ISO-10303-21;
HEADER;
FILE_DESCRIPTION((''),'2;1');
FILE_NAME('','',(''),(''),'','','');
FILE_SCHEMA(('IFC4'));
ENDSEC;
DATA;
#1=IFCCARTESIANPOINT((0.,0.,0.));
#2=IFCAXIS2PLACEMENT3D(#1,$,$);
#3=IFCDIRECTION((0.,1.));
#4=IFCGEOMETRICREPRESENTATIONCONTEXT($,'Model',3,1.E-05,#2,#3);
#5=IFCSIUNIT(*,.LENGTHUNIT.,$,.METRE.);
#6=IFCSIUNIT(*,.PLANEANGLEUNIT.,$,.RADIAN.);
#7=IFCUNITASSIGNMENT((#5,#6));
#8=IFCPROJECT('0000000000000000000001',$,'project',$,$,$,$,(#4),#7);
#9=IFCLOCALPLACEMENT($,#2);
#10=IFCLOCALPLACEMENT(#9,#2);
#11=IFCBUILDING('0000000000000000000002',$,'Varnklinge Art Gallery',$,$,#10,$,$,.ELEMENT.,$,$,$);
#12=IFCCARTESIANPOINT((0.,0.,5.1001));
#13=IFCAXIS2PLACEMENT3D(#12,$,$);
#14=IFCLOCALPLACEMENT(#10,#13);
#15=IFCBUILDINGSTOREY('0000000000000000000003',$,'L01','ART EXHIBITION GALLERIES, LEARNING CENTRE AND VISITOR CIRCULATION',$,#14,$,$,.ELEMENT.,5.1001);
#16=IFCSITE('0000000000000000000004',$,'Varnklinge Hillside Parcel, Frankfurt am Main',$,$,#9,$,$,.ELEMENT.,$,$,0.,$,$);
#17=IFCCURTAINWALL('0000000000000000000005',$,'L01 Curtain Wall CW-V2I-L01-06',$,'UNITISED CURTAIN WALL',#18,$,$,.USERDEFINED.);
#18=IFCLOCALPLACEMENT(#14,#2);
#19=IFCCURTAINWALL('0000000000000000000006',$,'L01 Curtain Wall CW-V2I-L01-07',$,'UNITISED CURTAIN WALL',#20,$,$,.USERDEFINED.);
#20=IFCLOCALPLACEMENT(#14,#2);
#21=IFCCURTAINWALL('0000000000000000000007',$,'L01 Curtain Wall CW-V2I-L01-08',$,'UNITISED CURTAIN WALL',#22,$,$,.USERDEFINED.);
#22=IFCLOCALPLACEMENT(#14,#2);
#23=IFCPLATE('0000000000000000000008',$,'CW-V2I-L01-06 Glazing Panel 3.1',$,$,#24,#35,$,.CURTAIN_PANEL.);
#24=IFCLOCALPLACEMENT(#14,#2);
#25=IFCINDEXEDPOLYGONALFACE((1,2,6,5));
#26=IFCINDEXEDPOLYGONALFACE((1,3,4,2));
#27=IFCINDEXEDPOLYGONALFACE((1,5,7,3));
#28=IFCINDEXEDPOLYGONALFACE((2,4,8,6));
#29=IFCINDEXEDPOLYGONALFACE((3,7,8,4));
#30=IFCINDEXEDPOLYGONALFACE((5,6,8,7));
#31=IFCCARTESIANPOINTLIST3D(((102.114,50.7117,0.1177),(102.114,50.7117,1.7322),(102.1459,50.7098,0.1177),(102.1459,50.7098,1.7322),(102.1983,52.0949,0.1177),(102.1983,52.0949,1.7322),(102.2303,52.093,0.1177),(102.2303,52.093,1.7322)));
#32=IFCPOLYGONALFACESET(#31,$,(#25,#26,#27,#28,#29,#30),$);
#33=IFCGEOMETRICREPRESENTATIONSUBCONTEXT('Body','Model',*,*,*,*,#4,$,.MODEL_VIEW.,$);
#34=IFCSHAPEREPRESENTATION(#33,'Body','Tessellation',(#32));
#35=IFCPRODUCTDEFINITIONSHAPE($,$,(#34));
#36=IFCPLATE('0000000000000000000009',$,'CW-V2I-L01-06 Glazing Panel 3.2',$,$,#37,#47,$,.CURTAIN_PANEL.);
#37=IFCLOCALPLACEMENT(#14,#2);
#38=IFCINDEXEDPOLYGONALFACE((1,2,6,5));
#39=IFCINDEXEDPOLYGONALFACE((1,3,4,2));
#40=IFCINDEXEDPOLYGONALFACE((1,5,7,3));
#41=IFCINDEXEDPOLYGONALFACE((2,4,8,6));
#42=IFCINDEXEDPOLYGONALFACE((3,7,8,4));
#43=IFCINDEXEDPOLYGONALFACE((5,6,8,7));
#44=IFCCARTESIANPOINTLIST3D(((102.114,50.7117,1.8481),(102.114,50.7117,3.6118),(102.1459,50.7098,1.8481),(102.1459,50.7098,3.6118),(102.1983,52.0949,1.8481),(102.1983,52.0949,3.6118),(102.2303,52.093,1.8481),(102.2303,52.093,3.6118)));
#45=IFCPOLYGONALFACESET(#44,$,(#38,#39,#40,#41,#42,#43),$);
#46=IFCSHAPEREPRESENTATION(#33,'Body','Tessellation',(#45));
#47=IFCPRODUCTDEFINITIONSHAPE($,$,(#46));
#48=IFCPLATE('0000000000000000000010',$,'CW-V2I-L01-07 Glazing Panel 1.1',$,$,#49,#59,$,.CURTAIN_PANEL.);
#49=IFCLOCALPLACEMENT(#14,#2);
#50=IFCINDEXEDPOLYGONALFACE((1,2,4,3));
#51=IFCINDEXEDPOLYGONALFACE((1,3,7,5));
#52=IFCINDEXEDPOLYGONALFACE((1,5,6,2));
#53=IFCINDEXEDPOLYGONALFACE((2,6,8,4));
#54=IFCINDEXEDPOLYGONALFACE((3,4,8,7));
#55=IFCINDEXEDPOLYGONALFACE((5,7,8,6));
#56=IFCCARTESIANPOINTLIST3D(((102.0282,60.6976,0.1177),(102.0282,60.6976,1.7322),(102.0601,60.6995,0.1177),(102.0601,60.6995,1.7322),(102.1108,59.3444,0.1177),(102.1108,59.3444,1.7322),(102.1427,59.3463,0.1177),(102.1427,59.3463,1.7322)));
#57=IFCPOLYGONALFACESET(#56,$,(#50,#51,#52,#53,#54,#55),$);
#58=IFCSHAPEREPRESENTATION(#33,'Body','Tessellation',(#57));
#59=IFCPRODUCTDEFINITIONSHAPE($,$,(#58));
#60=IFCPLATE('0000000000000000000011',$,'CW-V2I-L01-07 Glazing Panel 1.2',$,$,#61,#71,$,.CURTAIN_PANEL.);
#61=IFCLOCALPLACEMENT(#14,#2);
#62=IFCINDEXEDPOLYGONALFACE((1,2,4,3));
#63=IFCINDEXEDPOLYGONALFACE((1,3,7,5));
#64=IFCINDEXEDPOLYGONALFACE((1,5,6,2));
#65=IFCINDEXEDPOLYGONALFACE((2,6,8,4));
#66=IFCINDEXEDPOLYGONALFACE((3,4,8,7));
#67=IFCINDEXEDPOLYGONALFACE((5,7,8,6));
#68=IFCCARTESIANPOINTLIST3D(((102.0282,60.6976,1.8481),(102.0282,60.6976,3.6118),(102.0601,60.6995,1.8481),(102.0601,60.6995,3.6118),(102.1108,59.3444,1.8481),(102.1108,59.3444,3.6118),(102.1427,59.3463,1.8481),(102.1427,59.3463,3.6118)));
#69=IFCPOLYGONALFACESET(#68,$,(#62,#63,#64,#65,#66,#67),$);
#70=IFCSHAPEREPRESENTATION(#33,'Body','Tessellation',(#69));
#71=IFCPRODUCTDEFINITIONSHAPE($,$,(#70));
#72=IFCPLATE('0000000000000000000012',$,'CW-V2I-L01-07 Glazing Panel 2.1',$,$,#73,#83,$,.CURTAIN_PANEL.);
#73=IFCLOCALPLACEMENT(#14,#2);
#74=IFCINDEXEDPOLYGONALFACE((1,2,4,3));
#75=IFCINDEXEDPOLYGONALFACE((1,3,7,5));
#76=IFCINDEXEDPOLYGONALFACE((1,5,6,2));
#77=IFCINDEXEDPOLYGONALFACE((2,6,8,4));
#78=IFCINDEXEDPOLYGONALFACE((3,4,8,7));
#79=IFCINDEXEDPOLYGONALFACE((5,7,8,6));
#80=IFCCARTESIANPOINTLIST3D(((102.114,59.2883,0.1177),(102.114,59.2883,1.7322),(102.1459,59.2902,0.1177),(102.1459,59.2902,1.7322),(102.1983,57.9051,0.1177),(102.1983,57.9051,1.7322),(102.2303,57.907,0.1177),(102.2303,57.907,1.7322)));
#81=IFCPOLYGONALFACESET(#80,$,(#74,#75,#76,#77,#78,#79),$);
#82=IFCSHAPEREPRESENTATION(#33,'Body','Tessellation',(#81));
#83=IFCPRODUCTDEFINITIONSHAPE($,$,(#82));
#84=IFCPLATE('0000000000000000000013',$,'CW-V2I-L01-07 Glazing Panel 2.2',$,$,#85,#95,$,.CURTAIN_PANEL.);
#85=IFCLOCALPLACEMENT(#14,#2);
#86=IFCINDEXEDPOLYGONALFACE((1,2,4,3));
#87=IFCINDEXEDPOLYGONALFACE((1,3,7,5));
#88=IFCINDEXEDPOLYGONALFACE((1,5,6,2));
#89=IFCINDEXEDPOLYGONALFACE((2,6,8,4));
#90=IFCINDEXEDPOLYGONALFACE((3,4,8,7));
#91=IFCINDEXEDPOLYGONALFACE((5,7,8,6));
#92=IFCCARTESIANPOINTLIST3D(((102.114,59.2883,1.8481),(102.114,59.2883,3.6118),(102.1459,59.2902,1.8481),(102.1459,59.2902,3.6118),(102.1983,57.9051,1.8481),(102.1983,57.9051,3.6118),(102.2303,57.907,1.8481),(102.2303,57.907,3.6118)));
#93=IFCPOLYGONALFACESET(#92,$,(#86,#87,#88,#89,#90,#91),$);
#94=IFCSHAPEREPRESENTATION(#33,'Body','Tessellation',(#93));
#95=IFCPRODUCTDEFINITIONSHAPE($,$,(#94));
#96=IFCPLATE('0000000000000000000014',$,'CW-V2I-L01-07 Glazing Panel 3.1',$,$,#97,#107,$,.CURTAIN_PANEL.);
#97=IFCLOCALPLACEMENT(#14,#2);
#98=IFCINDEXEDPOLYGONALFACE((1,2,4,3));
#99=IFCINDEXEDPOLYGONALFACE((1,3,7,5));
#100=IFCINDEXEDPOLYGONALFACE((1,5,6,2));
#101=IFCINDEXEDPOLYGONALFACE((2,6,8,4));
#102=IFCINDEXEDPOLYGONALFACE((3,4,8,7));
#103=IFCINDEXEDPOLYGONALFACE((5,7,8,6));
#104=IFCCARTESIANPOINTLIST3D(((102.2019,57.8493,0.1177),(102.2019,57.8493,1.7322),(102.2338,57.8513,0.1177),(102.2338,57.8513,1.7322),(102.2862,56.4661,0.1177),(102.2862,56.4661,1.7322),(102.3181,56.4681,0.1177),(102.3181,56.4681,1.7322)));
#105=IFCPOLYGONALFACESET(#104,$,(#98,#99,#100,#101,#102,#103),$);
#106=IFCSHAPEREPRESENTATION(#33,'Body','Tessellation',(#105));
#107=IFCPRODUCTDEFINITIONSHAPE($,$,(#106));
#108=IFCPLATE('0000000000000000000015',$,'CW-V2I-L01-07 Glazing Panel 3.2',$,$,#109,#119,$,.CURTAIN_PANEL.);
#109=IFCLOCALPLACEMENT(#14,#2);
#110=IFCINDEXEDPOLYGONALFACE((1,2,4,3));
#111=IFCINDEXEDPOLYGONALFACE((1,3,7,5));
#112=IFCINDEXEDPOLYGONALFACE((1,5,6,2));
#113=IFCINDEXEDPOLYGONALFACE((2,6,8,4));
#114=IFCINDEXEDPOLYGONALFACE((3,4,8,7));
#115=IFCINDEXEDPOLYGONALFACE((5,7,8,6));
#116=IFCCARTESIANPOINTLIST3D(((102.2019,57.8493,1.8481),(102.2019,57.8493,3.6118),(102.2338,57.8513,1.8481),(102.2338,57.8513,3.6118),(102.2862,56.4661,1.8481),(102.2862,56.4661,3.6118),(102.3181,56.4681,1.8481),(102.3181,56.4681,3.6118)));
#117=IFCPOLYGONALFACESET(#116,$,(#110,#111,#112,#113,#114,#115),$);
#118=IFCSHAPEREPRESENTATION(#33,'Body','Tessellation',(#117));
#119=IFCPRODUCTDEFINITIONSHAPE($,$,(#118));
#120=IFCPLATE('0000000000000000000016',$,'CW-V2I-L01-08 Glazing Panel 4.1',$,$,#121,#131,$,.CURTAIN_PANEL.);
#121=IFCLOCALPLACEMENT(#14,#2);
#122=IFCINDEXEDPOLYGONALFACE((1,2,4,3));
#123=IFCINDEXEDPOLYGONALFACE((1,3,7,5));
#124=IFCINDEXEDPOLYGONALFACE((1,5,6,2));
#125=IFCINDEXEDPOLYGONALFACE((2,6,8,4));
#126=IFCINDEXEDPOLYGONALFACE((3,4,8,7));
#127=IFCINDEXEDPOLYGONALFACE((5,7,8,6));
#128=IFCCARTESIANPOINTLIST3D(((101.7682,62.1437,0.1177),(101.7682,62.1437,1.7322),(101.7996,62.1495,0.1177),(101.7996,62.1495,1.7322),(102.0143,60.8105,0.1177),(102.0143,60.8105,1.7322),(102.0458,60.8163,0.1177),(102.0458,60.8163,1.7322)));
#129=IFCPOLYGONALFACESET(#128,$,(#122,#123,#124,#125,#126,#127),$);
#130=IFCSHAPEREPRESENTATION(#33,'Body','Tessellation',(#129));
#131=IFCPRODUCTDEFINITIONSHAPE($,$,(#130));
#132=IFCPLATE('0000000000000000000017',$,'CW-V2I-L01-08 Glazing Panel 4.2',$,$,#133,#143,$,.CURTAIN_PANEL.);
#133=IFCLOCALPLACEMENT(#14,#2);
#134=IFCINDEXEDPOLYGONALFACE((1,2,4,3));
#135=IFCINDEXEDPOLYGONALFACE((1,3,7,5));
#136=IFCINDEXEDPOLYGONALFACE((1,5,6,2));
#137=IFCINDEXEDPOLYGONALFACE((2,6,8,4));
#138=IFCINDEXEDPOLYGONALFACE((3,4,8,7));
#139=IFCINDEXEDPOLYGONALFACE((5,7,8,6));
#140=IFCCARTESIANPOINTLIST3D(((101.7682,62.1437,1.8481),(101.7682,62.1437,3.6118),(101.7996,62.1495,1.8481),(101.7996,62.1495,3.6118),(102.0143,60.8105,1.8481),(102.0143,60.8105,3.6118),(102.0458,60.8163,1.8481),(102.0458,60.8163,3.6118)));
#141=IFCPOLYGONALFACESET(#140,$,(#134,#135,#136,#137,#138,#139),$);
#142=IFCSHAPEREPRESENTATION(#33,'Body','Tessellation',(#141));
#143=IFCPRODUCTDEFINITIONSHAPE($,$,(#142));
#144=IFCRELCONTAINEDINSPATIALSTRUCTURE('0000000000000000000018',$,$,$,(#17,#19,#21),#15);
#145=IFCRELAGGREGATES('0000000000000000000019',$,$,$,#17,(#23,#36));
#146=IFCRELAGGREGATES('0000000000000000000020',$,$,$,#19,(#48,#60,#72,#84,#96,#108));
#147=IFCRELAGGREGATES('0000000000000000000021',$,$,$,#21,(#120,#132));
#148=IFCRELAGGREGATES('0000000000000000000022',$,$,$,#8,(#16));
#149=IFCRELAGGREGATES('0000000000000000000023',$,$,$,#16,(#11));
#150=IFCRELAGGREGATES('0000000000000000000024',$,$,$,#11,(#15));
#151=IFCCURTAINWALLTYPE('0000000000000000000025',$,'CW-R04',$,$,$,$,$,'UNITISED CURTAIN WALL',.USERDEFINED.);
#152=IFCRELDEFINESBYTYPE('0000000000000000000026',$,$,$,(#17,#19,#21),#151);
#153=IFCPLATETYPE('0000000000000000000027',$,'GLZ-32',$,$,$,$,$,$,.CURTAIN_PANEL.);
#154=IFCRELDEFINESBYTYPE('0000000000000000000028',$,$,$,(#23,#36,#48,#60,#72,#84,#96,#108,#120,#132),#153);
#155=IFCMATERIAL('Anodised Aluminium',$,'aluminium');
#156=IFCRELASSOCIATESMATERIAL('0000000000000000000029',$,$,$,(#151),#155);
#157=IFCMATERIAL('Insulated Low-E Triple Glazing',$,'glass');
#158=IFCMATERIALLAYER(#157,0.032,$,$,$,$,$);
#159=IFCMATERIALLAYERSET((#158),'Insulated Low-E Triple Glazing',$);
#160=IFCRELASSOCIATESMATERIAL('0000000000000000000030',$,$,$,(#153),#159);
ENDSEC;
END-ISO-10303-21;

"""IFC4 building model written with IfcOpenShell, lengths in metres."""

from ifc_helpers import new_model, si_unit, direction, frame, origin, origin_2d, place, context, subcontext, project, spatial, rectangle, extrude, material, layer, layer_set, type_object, element, aggregate, save


model = new_model("IFC4")

# Units and contexts
model_context = context("Model", 3, precision=1e-05, world=origin(), true_north=direction((0.0, 1.0)))
body_context = subcontext(model_context, "Body", "Model", "MODEL_VIEW")
ifc_project = project(units=[si_unit("LENGTHUNIT", "METRE"), si_unit("PLANEANGLEUNIT", "RADIAN")], contexts=[model_context])

# Site, building, storey
site_placement = place(None, origin())
site = spatial("IfcSite", under=ifc_project, at=site_placement, Name="Varnklinge Hillside Parcel, Frankfurt am Main", CompositionType="ELEMENT", RefElevation=0.0)
building_placement = place(site_placement, origin())
building = spatial("IfcBuilding", under=site, at=building_placement, Name="Varnklinge Art Gallery", CompositionType="ELEMENT")
storey_placement = place(building_placement, frame((0.0, 0.0, 5.1001)))
storey = spatial("IfcBuildingStorey", under=building, at=storey_placement, Name="L01", Description="ART EXHIBITION GALLERIES, LEARNING CENTRE AND VISITOR CIRCULATION", CompositionType="ELEMENT", Elevation=5.1001)

# Curtain walls
ifc_material_1 = material(Name="Anodised Aluminium", Category="aluminium")
curtain_wall_type = type_object("IfcCurtainWallType", Name="CW-R04", ElementType="UNITISED CURTAIN WALL", PredefinedType="USERDEFINED", material=ifc_material_1)
curtain_wall_1_placement = place(storey_placement, origin())
curtain_wall_1 = element("IfcCurtainWall", 1, at=curtain_wall_1_placement, inside=storey, type_object=curtain_wall_type, Name="L01 Curtain Wall CW-V2I-L01-06", ObjectType="UNITISED CURTAIN WALL", PredefinedType="USERDEFINED")
curtain_wall_2_placement = place(storey_placement, origin())
curtain_wall_2 = element("IfcCurtainWall", 2, at=curtain_wall_2_placement, inside=storey, type_object=curtain_wall_type, Name="L01 Curtain Wall CW-V2I-L01-07", ObjectType="UNITISED CURTAIN WALL", PredefinedType="USERDEFINED")
curtain_wall_3_placement = place(storey_placement, origin())
curtain_wall_3 = element("IfcCurtainWall", 3, at=curtain_wall_3_placement, inside=storey, type_object=curtain_wall_type, Name="L01 Curtain Wall CW-V2I-L01-08", ObjectType="UNITISED CURTAIN WALL", PredefinedType="USERDEFINED")

# Plates
ifc_material_2 = material(Name="Insulated Low-E Triple Glazing", Category="glass")
ifc_layer = layer(ifc_material_2, 0.032)
ifc_layer_set = layer_set([ifc_layer], Name="Insulated Low-E Triple Glazing")
plate_type = type_object("IfcPlateType", Name="GLZ-32", PredefinedType="CURTAIN_PANEL", material=ifc_layer_set)
plate_1_placement = place(storey_placement, frame((102.1721, 51.4023, 0.1177), z_axis=(0.0, 0.0, 1.0), x_axis=(-0.060874, -0.998145, 0.0)))
plate_1 = element("IfcPlate", 4, at=plate_1_placement, type_object=plate_type, Name="CW-V2I-L01-06 Glazing Panel 3.1", PredefinedType="CURTAIN_PANEL", context=body_context, shape_type="SweptSolid", body=[
    extrude(rectangle(XDim=1.3857, YDim=0.032, at=origin_2d()), origin(), (0.0, 0.0, 1.0), 1.6145),
])
plate_2_placement = place(storey_placement, frame((102.1721, 51.4023, 1.8481), z_axis=(0.0, 0.0, 1.0), x_axis=(-0.060874, -0.998145, 0.0)))
plate_2 = element("IfcPlate", 5, at=plate_2_placement, type_object=plate_type, Name="CW-V2I-L01-06 Glazing Panel 3.2", PredefinedType="CURTAIN_PANEL", context=body_context, shape_type="SweptSolid", body=[
    extrude(rectangle(XDim=1.3857, YDim=0.032, at=origin_2d()), origin(), (0.0, 0.0, 1.0), 1.7637),
])
aggregate(curtain_wall_1, [plate_1, plate_2])
plate_3_placement = place(storey_placement, frame((102.0854, 60.022, 0.1177), z_axis=(0.0, 0.0, 1.0), x_axis=(0.060874, -0.998145, 0.0)))
plate_3 = element("IfcPlate", 6, at=plate_3_placement, type_object=plate_type, Name="CW-V2I-L01-07 Glazing Panel 1.1", PredefinedType="CURTAIN_PANEL", context=body_context, shape_type="SweptSolid", body=[
    extrude(rectangle(XDim=1.3557, YDim=0.032, at=origin_2d()), origin(), (0.0, 0.0, 1.0), 1.6145),
])
plate_4_placement = place(storey_placement, frame((102.0854, 60.022, 1.8481), z_axis=(0.0, 0.0, 1.0), x_axis=(0.060874, -0.998145, 0.0)))
plate_4 = element("IfcPlate", 7, at=plate_4_placement, type_object=plate_type, Name="CW-V2I-L01-07 Glazing Panel 1.2", PredefinedType="CURTAIN_PANEL", context=body_context, shape_type="SweptSolid", body=[
    extrude(rectangle(XDim=1.3557, YDim=0.032, at=origin_2d()), origin(), (0.0, 0.0, 1.0), 1.7637),
])
plate_5_placement = place(storey_placement, frame((102.1721, 58.5977, 0.1177), z_axis=(0.0, 0.0, 1.0), x_axis=(0.060874, -0.998145, 0.0)))
plate_5 = element("IfcPlate", 8, at=plate_5_placement, type_object=plate_type, Name="CW-V2I-L01-07 Glazing Panel 2.1", PredefinedType="CURTAIN_PANEL", context=body_context, shape_type="SweptSolid", body=[
    extrude(rectangle(XDim=1.3857, YDim=0.032, at=origin_2d()), origin(), (0.0, 0.0, 1.0), 1.6145),
])
plate_6_placement = place(storey_placement, frame((102.1721, 58.5977, 1.8481), z_axis=(0.0, 0.0, 1.0), x_axis=(0.060874, -0.998145, 0.0)))
plate_6 = element("IfcPlate", 9, at=plate_6_placement, type_object=plate_type, Name="CW-V2I-L01-07 Glazing Panel 2.2", PredefinedType="CURTAIN_PANEL", context=body_context, shape_type="SweptSolid", body=[
    extrude(rectangle(XDim=1.3857, YDim=0.032, at=origin_2d()), origin(), (0.0, 0.0, 1.0), 1.7637),
])
plate_7_placement = place(storey_placement, frame((102.26, 57.1587, 0.1177), z_axis=(0.0, 0.0, 1.0), x_axis=(0.060874, -0.998145, 0.0)))
plate_7 = element("IfcPlate", 10, at=plate_7_placement, type_object=plate_type, Name="CW-V2I-L01-07 Glazing Panel 3.1", PredefinedType="CURTAIN_PANEL", context=body_context, shape_type="SweptSolid", body=[
    extrude(rectangle(XDim=1.3857, YDim=0.032, at=origin_2d()), origin(), (0.0, 0.0, 1.0), 1.6145),
])
plate_8_placement = place(storey_placement, frame((102.26, 57.1587, 1.8481), z_axis=(0.0, 0.0, 1.0), x_axis=(0.060874, -0.998145, 0.0)))
plate_8 = element("IfcPlate", 11, at=plate_8_placement, type_object=plate_type, Name="CW-V2I-L01-07 Glazing Panel 3.2", PredefinedType="CURTAIN_PANEL", context=body_context, shape_type="SweptSolid", body=[
    extrude(rectangle(XDim=1.3857, YDim=0.032, at=origin_2d()), origin(), (0.0, 0.0, 1.0), 1.7637),
])
aggregate(curtain_wall_2, [plate_3, plate_4, plate_5, plate_6, plate_7, plate_8])
plate_9_placement = place(storey_placement, frame((101.907, 61.48, 0.1177), z_axis=(0.0, 0.0, 1.0), x_axis=(0.181549, -0.983382, 0.0)))
plate_9 = element("IfcPlate", 12, at=plate_9_placement, type_object=plate_type, Name="CW-V2I-L01-08 Glazing Panel 4.1", PredefinedType="CURTAIN_PANEL", context=body_context, shape_type="SweptSolid", body=[
    extrude(rectangle(XDim=1.3557, YDim=0.032, at=origin_2d()), origin(), (0.0, 0.0, 1.0), 1.6145),
])
plate_10_placement = place(storey_placement, frame((101.907, 61.48, 1.8481), z_axis=(0.0, 0.0, 1.0), x_axis=(0.181549, -0.983382, 0.0)))
plate_10 = element("IfcPlate", 13, at=plate_10_placement, type_object=plate_type, Name="CW-V2I-L01-08 Glazing Panel 4.2", PredefinedType="CURTAIN_PANEL", context=body_context, shape_type="SweptSolid", body=[
    extrude(rectangle(XDim=1.3557, YDim=0.032, at=origin_2d()), origin(), (0.0, 0.0, 1.0), 1.7637),
])
aggregate(curtain_wall_3, [plate_9, plate_10])

save(model, "model.ifc")
